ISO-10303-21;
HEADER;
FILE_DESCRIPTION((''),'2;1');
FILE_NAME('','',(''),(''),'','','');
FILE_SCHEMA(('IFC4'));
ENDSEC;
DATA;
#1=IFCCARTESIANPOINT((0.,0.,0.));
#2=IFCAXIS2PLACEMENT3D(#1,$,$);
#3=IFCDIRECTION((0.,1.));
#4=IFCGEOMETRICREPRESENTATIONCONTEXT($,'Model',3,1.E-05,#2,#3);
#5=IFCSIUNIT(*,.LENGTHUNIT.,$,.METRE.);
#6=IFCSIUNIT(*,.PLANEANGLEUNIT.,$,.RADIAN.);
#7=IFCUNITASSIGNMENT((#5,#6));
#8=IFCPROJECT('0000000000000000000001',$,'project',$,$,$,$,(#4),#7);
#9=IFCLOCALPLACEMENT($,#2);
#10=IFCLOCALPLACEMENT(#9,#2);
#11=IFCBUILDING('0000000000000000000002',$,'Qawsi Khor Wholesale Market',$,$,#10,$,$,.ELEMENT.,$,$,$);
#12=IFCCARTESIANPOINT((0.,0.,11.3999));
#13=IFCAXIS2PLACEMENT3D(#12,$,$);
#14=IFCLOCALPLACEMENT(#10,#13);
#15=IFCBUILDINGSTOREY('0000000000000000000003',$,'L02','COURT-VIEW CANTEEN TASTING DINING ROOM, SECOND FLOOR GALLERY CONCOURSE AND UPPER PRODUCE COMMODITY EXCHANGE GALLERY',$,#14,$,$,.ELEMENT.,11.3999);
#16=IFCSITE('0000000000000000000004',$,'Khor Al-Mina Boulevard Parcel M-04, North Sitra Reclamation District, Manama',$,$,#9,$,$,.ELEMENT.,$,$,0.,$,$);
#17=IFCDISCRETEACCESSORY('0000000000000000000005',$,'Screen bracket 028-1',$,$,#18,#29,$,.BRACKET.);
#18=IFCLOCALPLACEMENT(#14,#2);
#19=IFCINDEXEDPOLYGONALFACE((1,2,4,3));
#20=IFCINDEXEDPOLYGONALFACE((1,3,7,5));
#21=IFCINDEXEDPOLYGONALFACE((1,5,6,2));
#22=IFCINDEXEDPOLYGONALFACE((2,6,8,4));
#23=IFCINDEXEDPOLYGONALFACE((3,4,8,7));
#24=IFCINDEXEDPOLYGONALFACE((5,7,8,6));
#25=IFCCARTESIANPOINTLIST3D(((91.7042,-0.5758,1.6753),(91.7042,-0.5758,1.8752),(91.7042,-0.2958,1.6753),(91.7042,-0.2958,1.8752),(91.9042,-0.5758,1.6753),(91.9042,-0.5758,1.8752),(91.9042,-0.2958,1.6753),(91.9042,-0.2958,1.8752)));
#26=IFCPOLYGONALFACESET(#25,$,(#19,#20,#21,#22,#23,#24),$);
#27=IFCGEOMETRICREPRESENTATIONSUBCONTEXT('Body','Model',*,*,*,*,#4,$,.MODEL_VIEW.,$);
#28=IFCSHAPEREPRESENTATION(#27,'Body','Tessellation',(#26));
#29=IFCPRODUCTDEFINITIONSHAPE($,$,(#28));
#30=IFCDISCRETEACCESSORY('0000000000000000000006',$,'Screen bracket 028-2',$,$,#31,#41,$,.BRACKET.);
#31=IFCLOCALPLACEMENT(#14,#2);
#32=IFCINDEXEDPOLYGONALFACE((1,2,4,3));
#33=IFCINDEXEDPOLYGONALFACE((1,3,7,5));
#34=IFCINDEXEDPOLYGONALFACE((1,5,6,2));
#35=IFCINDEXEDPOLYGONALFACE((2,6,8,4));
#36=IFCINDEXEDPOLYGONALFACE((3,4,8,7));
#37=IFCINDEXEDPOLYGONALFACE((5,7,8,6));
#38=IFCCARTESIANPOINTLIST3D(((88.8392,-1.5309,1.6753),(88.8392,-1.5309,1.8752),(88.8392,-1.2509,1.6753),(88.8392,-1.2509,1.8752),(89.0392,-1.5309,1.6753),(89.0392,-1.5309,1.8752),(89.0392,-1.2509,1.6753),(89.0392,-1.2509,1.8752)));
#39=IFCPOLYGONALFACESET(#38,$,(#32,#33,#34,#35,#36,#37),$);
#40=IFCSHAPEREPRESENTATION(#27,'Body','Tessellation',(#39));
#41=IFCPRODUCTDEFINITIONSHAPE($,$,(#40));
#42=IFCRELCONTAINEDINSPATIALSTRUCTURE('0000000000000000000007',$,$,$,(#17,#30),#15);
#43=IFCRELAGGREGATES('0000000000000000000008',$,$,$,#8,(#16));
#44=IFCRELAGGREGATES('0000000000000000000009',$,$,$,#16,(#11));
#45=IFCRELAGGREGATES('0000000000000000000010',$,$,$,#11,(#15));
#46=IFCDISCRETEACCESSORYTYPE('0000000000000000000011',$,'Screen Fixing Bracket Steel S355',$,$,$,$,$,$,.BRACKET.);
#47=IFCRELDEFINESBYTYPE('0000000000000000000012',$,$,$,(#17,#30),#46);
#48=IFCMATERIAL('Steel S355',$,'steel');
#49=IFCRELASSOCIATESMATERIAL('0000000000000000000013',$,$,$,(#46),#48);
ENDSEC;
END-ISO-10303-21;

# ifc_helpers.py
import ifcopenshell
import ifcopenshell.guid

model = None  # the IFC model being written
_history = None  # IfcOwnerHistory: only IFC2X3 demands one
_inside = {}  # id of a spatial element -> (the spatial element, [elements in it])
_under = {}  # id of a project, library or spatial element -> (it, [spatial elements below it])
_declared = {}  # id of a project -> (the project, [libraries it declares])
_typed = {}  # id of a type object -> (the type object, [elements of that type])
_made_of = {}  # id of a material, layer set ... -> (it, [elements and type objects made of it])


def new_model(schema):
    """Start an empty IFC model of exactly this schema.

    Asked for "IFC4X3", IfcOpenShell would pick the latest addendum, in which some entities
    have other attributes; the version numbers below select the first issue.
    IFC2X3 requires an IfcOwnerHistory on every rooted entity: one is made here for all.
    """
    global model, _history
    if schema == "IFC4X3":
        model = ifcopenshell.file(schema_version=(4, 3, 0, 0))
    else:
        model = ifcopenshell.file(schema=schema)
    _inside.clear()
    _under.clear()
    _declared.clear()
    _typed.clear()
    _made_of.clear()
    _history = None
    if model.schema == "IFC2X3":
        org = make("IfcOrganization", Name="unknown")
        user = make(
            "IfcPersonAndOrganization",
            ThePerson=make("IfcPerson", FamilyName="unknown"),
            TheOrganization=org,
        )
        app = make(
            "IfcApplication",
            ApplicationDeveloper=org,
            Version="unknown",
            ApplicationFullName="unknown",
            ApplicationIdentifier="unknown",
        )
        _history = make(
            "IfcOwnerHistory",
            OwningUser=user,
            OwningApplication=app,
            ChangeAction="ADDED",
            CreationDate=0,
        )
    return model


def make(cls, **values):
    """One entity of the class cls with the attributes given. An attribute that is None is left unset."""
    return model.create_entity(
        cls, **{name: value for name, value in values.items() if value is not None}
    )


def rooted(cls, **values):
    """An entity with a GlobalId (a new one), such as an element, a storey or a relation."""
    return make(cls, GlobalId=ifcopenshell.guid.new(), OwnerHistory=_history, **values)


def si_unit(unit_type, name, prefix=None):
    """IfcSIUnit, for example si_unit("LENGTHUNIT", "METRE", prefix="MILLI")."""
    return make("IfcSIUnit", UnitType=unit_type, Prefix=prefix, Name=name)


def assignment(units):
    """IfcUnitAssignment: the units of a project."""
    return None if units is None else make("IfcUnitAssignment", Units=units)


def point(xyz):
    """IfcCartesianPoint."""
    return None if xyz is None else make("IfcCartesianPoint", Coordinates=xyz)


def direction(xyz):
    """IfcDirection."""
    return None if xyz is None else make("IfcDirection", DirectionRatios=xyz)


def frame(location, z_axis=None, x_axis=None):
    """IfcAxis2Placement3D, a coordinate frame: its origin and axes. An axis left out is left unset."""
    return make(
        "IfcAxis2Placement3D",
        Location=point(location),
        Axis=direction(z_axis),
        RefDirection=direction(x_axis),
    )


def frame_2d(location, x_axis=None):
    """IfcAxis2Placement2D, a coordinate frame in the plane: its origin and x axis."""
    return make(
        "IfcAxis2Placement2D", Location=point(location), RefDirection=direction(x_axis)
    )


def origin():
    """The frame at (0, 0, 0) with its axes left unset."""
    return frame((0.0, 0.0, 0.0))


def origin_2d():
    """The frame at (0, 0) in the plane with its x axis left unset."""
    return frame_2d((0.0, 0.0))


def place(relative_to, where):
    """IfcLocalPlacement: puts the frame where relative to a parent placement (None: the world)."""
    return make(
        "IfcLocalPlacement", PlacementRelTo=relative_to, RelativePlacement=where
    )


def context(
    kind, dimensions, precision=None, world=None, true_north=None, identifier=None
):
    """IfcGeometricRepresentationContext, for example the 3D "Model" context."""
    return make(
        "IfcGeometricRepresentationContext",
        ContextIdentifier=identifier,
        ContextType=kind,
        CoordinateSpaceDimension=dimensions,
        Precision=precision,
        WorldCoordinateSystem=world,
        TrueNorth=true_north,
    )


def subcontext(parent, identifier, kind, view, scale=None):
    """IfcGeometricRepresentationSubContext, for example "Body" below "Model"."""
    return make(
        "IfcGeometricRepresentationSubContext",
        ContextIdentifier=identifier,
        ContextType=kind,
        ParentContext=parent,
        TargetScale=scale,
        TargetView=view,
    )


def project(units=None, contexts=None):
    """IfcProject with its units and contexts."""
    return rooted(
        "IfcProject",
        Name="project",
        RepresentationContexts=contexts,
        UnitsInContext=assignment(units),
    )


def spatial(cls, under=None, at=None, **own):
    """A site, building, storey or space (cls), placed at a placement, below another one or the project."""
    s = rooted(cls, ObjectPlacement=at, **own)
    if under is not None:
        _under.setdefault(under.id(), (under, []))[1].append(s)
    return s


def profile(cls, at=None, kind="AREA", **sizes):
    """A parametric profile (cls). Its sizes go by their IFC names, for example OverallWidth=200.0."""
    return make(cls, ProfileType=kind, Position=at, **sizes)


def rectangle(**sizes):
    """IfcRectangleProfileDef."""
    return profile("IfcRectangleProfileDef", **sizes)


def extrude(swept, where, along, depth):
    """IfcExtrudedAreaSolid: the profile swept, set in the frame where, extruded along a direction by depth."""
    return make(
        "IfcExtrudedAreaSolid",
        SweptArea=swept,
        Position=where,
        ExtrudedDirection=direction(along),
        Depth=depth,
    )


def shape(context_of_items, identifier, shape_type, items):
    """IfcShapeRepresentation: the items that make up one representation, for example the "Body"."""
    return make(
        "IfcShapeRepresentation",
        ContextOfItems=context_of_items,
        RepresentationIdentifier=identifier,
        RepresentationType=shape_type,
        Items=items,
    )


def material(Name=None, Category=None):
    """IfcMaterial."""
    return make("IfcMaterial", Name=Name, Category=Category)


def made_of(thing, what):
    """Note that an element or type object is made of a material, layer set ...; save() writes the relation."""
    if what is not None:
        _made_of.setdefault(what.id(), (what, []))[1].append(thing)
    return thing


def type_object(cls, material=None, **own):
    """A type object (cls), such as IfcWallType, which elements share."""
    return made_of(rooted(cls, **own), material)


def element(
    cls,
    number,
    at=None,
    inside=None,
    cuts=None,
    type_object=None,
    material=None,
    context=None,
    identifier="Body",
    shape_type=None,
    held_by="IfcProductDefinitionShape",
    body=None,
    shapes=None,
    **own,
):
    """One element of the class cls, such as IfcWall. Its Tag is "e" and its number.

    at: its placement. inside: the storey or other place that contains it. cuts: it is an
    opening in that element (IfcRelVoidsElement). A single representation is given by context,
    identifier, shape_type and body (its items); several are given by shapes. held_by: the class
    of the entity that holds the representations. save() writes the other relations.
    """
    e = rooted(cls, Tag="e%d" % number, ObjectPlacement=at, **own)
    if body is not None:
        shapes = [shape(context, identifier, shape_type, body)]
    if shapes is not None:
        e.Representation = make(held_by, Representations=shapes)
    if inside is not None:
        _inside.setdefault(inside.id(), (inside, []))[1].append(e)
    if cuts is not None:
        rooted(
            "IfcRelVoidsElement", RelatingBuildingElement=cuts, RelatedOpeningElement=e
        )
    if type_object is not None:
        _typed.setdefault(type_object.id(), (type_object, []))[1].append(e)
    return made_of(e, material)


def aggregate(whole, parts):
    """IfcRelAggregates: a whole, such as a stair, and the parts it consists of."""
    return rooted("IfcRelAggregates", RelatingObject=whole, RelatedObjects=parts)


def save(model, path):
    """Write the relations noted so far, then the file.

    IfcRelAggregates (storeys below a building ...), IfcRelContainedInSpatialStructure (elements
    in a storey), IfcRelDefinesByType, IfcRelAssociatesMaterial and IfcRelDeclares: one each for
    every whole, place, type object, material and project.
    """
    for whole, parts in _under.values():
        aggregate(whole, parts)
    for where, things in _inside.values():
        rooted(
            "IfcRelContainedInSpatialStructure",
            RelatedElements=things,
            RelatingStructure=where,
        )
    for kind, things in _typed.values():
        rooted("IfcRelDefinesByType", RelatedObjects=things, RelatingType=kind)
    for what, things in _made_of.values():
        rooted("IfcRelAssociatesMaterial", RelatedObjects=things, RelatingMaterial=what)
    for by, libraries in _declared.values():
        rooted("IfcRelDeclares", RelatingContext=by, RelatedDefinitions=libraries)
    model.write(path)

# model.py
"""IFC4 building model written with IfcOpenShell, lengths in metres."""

from ifc_helpers import new_model, si_unit, direction, frame, origin, origin_2d, place, context, subcontext, project, spatial, rectangle, extrude, material, type_object, element, save


model = new_model("IFC4")

# Units and contexts
model_context = context("Model", 3, precision=1e-05, world=origin(), true_north=direction((0.0, 1.0)))
body_context = subcontext(model_context, "Body", "Model", "MODEL_VIEW")
ifc_project = project(units=[si_unit("LENGTHUNIT", "METRE"), si_unit("PLANEANGLEUNIT", "RADIAN")], contexts=[model_context])

# Site, building, storey
site_placement = place(None, origin())
site = spatial("IfcSite", under=ifc_project, at=site_placement, Name="Khor Al-Mina Boulevard Parcel M-04, North Sitra Reclamation District, Manama", CompositionType="ELEMENT", RefElevation=0.0)
building_placement = place(site_placement, origin())
building = spatial("IfcBuilding", under=site, at=building_placement, Name="Qawsi Khor Wholesale Market", CompositionType="ELEMENT")
storey_placement = place(building_placement, frame((0.0, 0.0, 11.3999)))
storey = spatial("IfcBuildingStorey", under=building, at=storey_placement, Name="L02", Description="COURT-VIEW CANTEEN TASTING DINING ROOM, SECOND FLOOR GALLERY CONCOURSE AND UPPER PRODUCE COMMODITY EXCHANGE GALLERY", CompositionType="ELEMENT", Elevation=11.3999)

# Shared definitions
ifc_material_1 = material(Name="Steel S355", Category="steel")

# Discrete accessories
discrete_accessory_type = type_object("IfcDiscreteAccessoryType", Name="Screen Fixing Bracket Steel S355", PredefinedType="BRACKET", material=ifc_material_1)
for number, where, z_axis, x_axis, name in (
    (1, (91.8042, -0.4358, 1.6753), (0.0, 0.0, 1.0), (1.0, 0.0, 0.0), "Screen bracket 028-1"),
    (2, (88.9392, -1.3909, 1.6753), (0.0, 0.0, 1.0), (1.0, 0.0, 0.0), "Screen bracket 028-2"),
):
    element("IfcDiscreteAccessory", number, at=place(storey_placement, frame(where, z_axis=z_axis, x_axis=x_axis)), inside=storey, type_object=discrete_accessory_type, Name=name, PredefinedType="BRACKET", context=body_context, shape_type="SweptSolid", body=[
        extrude(rectangle(XDim=0.2, YDim=0.28, at=origin_2d()), origin(), (0.0, 0.0, 1.0), 0.2),
    ])

save(model, "model.ifc")
